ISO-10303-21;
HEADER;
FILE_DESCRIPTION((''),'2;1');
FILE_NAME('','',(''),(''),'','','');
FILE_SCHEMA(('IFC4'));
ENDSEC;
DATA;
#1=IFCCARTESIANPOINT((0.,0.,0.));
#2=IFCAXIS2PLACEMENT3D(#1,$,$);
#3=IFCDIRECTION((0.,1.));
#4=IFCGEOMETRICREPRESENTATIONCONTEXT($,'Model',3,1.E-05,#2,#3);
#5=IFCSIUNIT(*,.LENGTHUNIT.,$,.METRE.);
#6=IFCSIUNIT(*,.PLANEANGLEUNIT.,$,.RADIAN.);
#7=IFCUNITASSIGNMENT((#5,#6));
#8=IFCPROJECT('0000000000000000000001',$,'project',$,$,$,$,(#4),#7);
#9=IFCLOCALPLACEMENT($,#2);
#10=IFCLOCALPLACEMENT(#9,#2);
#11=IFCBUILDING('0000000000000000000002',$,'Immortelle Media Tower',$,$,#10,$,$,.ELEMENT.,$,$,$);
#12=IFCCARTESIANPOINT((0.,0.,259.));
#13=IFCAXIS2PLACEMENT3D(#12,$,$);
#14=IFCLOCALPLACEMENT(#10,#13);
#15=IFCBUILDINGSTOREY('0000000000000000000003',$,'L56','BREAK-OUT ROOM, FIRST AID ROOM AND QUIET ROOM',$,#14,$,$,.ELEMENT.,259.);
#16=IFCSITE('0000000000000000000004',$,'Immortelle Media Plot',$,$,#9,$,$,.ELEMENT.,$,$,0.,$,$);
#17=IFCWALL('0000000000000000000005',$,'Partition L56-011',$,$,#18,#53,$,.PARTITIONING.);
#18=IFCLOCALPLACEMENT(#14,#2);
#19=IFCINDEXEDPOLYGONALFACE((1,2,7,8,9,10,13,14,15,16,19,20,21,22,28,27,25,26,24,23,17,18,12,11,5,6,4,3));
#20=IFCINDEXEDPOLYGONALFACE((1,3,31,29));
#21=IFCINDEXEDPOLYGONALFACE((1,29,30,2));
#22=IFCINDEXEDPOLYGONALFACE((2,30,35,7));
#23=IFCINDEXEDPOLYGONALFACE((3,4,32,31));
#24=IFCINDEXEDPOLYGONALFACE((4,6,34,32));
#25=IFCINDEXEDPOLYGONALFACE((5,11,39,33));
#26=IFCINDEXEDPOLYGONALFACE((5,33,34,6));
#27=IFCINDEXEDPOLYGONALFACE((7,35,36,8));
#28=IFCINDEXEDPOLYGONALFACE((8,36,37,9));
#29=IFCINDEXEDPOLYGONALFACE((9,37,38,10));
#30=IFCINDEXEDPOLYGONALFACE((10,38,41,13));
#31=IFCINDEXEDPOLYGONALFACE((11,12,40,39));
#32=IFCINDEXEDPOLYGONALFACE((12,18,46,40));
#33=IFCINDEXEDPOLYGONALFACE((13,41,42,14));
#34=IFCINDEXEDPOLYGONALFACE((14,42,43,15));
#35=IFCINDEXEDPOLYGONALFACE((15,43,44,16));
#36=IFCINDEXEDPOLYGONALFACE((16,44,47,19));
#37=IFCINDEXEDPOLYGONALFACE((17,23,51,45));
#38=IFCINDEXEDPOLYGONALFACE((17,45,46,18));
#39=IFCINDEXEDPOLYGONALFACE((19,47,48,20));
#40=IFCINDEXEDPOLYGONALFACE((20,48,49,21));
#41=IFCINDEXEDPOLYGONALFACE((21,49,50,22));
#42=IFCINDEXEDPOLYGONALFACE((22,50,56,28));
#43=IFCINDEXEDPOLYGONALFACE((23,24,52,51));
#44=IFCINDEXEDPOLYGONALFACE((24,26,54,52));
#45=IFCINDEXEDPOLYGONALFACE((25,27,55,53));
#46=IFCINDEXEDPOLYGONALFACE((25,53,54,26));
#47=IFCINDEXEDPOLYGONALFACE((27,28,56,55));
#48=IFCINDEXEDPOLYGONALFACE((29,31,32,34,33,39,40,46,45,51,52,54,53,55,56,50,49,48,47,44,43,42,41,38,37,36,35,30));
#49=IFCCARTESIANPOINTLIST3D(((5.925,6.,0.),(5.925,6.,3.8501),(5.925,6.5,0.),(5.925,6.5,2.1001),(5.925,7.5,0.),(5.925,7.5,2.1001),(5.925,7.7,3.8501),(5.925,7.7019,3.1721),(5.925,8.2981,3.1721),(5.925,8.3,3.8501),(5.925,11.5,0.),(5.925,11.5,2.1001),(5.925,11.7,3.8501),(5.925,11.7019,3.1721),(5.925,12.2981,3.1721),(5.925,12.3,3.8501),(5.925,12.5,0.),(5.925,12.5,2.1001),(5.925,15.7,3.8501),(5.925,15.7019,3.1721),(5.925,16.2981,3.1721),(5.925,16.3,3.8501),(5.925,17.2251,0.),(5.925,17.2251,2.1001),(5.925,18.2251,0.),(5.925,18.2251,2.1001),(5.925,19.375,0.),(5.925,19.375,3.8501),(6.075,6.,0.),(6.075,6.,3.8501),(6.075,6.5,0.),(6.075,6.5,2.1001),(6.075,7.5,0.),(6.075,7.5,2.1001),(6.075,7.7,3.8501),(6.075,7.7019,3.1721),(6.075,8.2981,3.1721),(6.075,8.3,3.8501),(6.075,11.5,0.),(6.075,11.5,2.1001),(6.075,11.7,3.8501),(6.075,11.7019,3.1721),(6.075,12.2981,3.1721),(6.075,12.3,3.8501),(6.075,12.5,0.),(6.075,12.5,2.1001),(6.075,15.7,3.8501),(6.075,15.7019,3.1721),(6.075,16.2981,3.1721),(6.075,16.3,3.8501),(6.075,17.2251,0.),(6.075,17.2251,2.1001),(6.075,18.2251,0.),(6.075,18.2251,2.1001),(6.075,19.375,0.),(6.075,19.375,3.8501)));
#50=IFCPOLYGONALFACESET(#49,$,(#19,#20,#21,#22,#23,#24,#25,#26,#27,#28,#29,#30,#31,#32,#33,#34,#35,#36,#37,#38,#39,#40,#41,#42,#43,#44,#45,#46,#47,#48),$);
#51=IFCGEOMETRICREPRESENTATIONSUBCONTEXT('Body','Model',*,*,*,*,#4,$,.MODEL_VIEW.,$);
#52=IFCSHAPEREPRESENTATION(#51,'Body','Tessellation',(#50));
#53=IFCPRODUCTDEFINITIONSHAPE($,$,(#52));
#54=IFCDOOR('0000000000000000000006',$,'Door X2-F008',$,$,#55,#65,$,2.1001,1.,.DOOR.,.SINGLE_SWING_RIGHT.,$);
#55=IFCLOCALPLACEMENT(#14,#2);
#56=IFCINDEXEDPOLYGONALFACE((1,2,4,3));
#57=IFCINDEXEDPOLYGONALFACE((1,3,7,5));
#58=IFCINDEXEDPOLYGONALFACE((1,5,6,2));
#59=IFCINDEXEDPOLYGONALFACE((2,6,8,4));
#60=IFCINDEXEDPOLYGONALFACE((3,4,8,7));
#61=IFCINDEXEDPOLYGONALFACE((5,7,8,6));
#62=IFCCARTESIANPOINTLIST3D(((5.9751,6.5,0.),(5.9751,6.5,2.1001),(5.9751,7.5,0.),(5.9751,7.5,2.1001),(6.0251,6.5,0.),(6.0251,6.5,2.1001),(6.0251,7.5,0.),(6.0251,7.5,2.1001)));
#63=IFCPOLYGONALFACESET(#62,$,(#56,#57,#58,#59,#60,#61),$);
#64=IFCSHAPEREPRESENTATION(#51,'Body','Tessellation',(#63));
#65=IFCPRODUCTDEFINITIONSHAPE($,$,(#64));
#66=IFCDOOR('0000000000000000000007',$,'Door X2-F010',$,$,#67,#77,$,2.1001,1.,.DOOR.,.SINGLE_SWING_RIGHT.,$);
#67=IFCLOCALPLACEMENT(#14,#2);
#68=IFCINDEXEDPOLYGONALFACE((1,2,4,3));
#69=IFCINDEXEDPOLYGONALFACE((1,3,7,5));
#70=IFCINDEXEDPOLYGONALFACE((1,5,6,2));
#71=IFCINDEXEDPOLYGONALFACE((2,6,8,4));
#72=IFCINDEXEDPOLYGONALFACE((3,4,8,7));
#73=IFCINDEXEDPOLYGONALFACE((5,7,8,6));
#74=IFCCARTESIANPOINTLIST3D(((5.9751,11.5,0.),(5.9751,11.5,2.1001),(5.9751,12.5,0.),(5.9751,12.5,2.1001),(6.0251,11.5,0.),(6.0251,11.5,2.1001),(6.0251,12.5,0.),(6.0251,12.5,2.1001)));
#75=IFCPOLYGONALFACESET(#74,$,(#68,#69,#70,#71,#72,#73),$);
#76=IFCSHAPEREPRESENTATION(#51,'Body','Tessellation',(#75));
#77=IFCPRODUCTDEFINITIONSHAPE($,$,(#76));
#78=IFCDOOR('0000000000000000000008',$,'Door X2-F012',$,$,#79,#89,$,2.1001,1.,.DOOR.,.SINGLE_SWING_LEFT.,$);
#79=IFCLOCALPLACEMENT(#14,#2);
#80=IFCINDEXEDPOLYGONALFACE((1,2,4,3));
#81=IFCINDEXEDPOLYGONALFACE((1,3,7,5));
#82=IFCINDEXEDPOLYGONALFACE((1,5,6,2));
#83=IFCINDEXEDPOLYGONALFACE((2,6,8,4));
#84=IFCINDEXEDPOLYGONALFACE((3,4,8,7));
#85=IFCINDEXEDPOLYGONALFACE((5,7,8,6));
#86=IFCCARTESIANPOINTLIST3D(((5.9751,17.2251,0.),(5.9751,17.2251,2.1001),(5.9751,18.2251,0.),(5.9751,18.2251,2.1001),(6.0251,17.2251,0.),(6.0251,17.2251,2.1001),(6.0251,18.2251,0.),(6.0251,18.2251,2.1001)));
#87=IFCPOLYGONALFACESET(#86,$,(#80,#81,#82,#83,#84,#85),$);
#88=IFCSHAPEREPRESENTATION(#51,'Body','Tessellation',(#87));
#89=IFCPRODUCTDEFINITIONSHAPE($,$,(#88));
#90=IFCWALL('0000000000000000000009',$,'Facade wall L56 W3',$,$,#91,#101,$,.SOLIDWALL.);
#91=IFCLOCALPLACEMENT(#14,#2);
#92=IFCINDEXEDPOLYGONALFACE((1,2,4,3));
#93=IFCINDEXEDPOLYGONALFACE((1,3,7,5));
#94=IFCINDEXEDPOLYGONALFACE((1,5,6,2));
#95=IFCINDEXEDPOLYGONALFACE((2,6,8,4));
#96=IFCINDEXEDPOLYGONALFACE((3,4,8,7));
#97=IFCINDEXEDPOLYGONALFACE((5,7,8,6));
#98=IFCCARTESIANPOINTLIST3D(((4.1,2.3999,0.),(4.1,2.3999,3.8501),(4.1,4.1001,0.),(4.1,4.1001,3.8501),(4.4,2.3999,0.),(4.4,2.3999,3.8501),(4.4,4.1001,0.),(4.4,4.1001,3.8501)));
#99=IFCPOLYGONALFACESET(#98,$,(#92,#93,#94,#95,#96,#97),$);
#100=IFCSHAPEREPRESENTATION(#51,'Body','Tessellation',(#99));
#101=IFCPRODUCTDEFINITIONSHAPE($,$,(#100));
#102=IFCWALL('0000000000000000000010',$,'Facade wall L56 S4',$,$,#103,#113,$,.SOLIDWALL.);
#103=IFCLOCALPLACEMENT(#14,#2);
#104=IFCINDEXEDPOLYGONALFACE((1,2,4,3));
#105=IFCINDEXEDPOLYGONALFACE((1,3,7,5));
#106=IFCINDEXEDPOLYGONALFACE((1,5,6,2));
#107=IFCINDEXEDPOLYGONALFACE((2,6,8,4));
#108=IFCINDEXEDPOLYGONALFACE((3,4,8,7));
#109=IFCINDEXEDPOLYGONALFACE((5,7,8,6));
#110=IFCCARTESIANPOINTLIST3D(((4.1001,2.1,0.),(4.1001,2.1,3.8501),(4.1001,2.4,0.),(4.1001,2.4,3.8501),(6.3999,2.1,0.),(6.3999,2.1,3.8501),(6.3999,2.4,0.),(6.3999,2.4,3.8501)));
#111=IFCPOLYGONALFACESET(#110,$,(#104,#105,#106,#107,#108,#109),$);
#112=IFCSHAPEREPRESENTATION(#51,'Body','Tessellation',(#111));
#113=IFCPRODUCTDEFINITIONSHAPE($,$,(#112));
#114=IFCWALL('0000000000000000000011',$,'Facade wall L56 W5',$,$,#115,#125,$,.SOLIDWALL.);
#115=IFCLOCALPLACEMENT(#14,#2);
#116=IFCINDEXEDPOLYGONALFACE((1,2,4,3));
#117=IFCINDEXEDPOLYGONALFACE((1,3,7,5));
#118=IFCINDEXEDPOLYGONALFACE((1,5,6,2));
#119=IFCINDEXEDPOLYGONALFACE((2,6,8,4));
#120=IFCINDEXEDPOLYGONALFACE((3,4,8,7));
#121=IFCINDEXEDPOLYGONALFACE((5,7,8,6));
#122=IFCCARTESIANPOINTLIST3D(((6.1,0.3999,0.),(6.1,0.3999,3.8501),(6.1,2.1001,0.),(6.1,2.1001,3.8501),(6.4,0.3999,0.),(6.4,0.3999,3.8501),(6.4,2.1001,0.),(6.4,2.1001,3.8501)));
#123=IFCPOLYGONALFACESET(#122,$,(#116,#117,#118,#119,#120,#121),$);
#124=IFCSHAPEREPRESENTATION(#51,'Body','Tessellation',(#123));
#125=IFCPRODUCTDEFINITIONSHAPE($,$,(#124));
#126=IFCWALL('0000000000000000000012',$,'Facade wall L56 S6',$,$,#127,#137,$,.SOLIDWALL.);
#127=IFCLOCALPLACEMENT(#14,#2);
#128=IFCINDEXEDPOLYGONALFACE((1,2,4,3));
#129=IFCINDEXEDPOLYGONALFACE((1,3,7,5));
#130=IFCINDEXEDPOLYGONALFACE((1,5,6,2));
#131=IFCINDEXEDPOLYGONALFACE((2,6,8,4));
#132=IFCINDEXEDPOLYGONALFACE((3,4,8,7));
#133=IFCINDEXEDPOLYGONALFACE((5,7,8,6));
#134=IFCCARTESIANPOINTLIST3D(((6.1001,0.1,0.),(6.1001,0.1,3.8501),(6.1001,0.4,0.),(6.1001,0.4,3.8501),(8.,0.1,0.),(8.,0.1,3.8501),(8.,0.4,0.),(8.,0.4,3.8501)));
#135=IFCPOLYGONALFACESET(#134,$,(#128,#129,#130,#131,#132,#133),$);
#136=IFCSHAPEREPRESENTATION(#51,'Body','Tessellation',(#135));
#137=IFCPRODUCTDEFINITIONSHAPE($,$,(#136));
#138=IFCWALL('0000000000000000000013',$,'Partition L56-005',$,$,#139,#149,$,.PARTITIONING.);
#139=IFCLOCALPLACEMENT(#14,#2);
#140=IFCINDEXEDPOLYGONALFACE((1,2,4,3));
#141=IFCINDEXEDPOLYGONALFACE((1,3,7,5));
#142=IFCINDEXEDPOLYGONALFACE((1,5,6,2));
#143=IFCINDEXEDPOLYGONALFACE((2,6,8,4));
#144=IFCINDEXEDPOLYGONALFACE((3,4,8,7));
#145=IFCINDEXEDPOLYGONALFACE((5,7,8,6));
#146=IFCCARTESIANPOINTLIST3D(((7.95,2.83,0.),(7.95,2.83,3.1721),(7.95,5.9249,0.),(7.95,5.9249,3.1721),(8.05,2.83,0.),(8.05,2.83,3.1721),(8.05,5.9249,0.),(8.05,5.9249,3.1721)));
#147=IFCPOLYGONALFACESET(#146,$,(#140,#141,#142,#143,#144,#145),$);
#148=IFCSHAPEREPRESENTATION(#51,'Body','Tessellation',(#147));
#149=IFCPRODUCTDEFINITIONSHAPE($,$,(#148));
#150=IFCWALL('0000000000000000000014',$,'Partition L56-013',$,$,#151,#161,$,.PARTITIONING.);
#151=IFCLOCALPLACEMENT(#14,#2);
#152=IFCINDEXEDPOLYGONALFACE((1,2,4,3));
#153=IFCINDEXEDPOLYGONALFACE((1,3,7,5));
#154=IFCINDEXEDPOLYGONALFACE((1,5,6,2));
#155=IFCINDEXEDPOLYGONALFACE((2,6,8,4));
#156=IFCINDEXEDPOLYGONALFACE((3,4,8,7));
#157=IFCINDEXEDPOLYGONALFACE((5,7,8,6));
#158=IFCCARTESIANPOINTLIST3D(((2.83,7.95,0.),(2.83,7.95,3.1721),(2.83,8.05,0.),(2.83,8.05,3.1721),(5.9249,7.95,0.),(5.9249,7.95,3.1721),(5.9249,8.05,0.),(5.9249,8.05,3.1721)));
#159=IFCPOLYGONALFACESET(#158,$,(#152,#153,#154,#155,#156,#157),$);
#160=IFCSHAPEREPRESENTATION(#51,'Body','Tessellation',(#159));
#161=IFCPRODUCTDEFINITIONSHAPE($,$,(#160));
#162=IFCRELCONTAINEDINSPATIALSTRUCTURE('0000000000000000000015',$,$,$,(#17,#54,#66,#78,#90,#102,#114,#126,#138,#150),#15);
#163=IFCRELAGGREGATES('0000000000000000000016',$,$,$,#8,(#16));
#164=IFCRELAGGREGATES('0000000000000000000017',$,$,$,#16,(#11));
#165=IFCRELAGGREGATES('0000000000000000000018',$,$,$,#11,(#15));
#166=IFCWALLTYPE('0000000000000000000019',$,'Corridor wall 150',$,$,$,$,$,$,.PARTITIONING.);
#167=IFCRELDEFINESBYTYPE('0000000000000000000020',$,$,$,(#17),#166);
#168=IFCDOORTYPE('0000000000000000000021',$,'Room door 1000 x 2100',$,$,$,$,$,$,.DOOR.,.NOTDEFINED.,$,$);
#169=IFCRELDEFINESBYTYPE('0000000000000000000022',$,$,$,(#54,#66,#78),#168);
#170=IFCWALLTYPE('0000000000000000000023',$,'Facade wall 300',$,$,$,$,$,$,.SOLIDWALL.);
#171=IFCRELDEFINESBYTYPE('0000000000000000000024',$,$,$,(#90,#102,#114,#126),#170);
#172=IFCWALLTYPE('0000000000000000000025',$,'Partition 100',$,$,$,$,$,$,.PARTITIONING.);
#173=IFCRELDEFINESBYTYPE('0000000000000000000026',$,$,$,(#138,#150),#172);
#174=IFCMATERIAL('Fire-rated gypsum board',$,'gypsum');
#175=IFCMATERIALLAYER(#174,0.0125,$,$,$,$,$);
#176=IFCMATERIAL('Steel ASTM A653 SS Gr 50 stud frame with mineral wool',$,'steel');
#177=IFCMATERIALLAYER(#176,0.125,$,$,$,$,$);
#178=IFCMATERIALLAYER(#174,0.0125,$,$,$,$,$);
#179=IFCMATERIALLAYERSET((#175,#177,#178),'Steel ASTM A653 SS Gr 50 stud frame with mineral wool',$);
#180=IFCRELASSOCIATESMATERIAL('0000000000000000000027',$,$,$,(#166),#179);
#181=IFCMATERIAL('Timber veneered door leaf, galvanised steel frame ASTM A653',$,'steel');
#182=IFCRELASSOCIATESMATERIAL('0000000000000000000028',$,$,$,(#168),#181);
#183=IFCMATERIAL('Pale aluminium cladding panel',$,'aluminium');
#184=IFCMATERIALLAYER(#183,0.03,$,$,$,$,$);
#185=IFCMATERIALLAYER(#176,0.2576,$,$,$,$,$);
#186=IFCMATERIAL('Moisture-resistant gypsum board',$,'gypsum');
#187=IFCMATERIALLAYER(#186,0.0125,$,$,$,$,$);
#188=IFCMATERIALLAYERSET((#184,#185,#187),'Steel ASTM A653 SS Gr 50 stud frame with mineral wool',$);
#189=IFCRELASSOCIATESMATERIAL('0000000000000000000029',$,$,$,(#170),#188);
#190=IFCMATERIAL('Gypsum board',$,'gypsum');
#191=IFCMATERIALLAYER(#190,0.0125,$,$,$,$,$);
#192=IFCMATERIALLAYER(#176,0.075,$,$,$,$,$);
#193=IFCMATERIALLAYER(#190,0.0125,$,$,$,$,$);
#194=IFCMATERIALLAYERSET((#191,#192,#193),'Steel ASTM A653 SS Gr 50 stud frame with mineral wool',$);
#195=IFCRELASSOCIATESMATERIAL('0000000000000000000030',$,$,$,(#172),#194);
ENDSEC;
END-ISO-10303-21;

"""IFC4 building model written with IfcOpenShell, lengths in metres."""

from ifc_helpers import new_model, si_unit, direction, frame, frame_2d, origin, place, context, subcontext, project, spatial, polyline, rectangle, outline, extrude, material, layer, layer_set, type_object, element, fill, save


model = new_model("IFC4")

# Units and contexts
model_context = context("Model", 3, precision=1e-05, world=origin(), true_north=direction((0.0, 1.0)))
body_context = subcontext(model_context, "Body", "Model", "MODEL_VIEW")
ifc_project = project(units=[si_unit("LENGTHUNIT", "METRE"), si_unit("PLANEANGLEUNIT", "RADIAN")], contexts=[model_context])

# Site, building, storey
site_placement = place(None, origin())
site = spatial("IfcSite", under=ifc_project, at=site_placement, Name="Immortelle Media Plot", CompositionType="ELEMENT", RefElevation=0.0)
building_placement = place(site_placement, origin())
building = spatial("IfcBuilding", under=site, at=building_placement, Name="Immortelle Media Tower", CompositionType="ELEMENT")
storey_placement = place(building_placement, frame((0.0, 0.0, 259.0)))
storey = spatial("IfcBuildingStorey", under=building, at=storey_placement, Name="L56", Description="BREAK-OUT ROOM, FIRST AID ROOM AND QUIET ROOM", CompositionType="ELEMENT", Elevation=259.0)

# Wall, openings, doors
ifc_material_1 = material(Name="Fire-rated gypsum board", Category="gypsum")
ifc_layer_1 = layer(ifc_material_1, 0.0125)
ifc_material_2 = material(Name="Steel ASTM A653 SS Gr 50 stud frame with mineral wool", Category="steel")
ifc_layer_2 = layer(ifc_material_2, 0.125)
ifc_layer_3 = layer(ifc_material_1, 0.0125)
ifc_layer_set_1 = layer_set([ifc_layer_1, ifc_layer_2, ifc_layer_3], Name="Steel ASTM A653 SS Gr 50 stud frame with mineral wool")
wall_type_1 = type_object("IfcWallType", Name="Corridor wall 150", PredefinedType="PARTITIONING", material=ifc_layer_set_1)
ifc_material_3 = material(Name="Timber veneered door leaf, galvanised steel frame ASTM A653", Category="steel")
door_type = type_object("IfcDoorType", Name="Room door 1000 x 2100", OperationType="NOTDEFINED", PredefinedType="DOOR", material=ifc_material_3)
wall_1_placement = place(storey_placement, frame((6.0, 6.0, 0.0), z_axis=(0.0, 0.0, 1.0), x_axis=(0.0, 1.0, 0.0)))
wall_1 = element("IfcWall", 1, at=wall_1_placement, inside=storey, type_object=wall_type_1, Name="Partition L56-011", PredefinedType="PARTITIONING", context=body_context, shape_type="SweptSolid", body=[
    extrude(outline(polyline([(0.0, 0.0), (13.375, 0.0), (13.375, 3.8501), (10.3, 3.8501), (10.2981, 3.1721), (9.7019, 3.1721), (9.7, 3.8501), (6.3, 3.8501), (6.2981, 3.1721), (5.7019, 3.1721), (5.7, 3.8501), (2.3, 3.8501), (2.2981, 3.1721), (1.7019, 3.1721), (1.7, 3.8501), (0.0, 3.8501), (0.0, 0.0)])), frame((0.0, 0.075, 0.0), z_axis=(0.0, -1.0, 0.0), x_axis=(1.0, 0.0, 0.0)), (0.0, 0.0, 1.0), 0.1499),
])
opening_1_placement = place(wall_1_placement, frame((0.5, 0.0, 0.0)))
opening_1 = element("IfcOpeningElement", 2, at=opening_1_placement, cuts=wall_1, PredefinedType="OPENING", context=body_context, shape_type="SweptSolid", body=[
    extrude(rectangle(XDim=1.0, YDim=2.1001, at=frame_2d((0.5, 1.05))), frame((0.0, 0.085, 0.0), z_axis=(0.0, -1.0, 0.0), x_axis=(1.0, 0.0, 0.0)), (0.0, 0.0, 1.0), 0.1699),
])
opening_2_placement = place(wall_1_placement, frame((5.5, 0.0, 0.0)))
opening_2 = element("IfcOpeningElement", 3, at=opening_2_placement, cuts=wall_1, PredefinedType="OPENING", context=body_context, shape_type="SweptSolid", body=[
    extrude(rectangle(XDim=1.0, YDim=2.1001, at=frame_2d((0.5, 1.05))), frame((0.0, 0.085, 0.0), z_axis=(0.0, -1.0, 0.0), x_axis=(1.0, 0.0, 0.0)), (0.0, 0.0, 1.0), 0.1699),
])
opening_3_placement = place(wall_1_placement, frame((11.2251, 0.0, 0.0)))
opening_3 = element("IfcOpeningElement", 4, at=opening_3_placement, cuts=wall_1, PredefinedType="OPENING", context=body_context, shape_type="SweptSolid", body=[
    extrude(rectangle(XDim=1.0, YDim=2.1001, at=frame_2d((0.5, 1.05))), frame((0.0, 0.085, 0.0), z_axis=(0.0, -1.0, 0.0), x_axis=(1.0, 0.0, 0.0)), (0.0, 0.0, 1.0), 0.1699),
])
door_1_placement = place(opening_1_placement, origin())
door_1 = element("IfcDoor", 5, at=door_1_placement, inside=storey, type_object=door_type, Name="Door X2-F008", OperationType="SINGLE_SWING_RIGHT", OverallHeight=2.1001, OverallWidth=1.0, PredefinedType="DOOR", context=body_context, shape_type="SweptSolid", body=[
    extrude(rectangle(XDim=1.0, YDim=2.1001, at=frame_2d((0.5, 1.05))), frame((0.0, 0.0249, 0.0), z_axis=(0.0, -1.0, 0.0), x_axis=(1.0, 0.0, 0.0)), (0.0, 0.0, 1.0), 0.05),
])
fill(opening_1, door_1)
door_2_placement = place(opening_2_placement, origin())
door_2 = element("IfcDoor", 6, at=door_2_placement, inside=storey, type_object=door_type, Name="Door X2-F010", OperationType="SINGLE_SWING_RIGHT", OverallHeight=2.1001, OverallWidth=1.0, PredefinedType="DOOR", context=body_context, shape_type="SweptSolid", body=[
    extrude(rectangle(XDim=1.0, YDim=2.1001, at=frame_2d((0.5, 1.05))), frame((0.0, 0.0249, 0.0), z_axis=(0.0, -1.0, 0.0), x_axis=(1.0, 0.0, 0.0)), (0.0, 0.0, 1.0), 0.05),
])
fill(opening_2, door_2)
door_3_placement = place(opening_3_placement, origin())
door_3 = element("IfcDoor", 7, at=door_3_placement, inside=storey, type_object=door_type, Name="Door X2-F012", OperationType="SINGLE_SWING_LEFT", OverallHeight=2.1001, OverallWidth=1.0, PredefinedType="DOOR", context=body_context, shape_type="SweptSolid", body=[
    extrude(rectangle(XDim=1.0, YDim=2.1001, at=frame_2d((0.5, 1.05))), frame((0.0, 0.0249, 0.0), z_axis=(0.0, -1.0, 0.0), x_axis=(1.0, 0.0, 0.0)), (0.0, 0.0, 1.0), 0.05),
])
fill(opening_3, door_3)

# Walls
ifc_material_4 = material(Name="Pale aluminium cladding panel", Category="aluminium")
ifc_layer_4 = layer(ifc_material_4, 0.03)
ifc_layer_5 = layer(ifc_material_2, 0.2576)
ifc_material_5 = material(Name="Moisture-resistant gypsum board", Category="gypsum")
ifc_layer_6 = layer(ifc_material_5, 0.0125)
ifc_layer_set_2 = layer_set([ifc_layer_4, ifc_layer_5, ifc_layer_6], Name="Steel ASTM A653 SS Gr 50 stud frame with mineral wool")
wall_type_2 = type_object("IfcWallType", Name="Facade wall 300", PredefinedType="SOLIDWALL", material=ifc_layer_set_2)
wall_2_placement = place(storey_placement, frame((4.25, 4.1001, 0.0), z_axis=(0.0, 0.0, 1.0), x_axis=(0.0, -1.0, 0.0)))
element("IfcWall", 8, at=wall_2_placement, inside=storey, type_object=wall_type_2, Name="Facade wall L56 W3", PredefinedType="SOLIDWALL", context=body_context, shape_type="SweptSolid", body=[
    extrude(rectangle(XDim=1.7002, YDim=0.3, at=frame_2d((0.8501, 0.0))), origin(), (0.0, 0.0, 1.0), 3.8501),
])
wall_3_placement = place(storey_placement, frame((4.1001, 2.25, 0.0), z_axis=(0.0, 0.0, 1.0), x_axis=(1.0, 0.0, 0.0)))
element("IfcWall", 9, at=wall_3_placement, inside=storey, type_object=wall_type_2, Name="Facade wall L56 S4", PredefinedType="SOLIDWALL", context=body_context, shape_type="SweptSolid", body=[
    extrude(rectangle(XDim=2.2998, YDim=0.3, at=frame_2d((1.1499, 0.0))), origin(), (0.0, 0.0, 1.0), 3.8501),
])
wall_4_placement = place(storey_placement, frame((6.25, 2.1001, 0.0), z_axis=(0.0, 0.0, 1.0), x_axis=(0.0, -1.0, 0.0)))
element("IfcWall", 10, at=wall_4_placement, inside=storey, type_object=wall_type_2, Name="Facade wall L56 W5", PredefinedType="SOLIDWALL", context=body_context, shape_type="SweptSolid", body=[
    extrude(rectangle(XDim=1.7002, YDim=0.3, at=frame_2d((0.8501, 0.0))), origin(), (0.0, 0.0, 1.0), 3.8501),
])
wall_5_placement = place(storey_placement, frame((6.1001, 0.25, 0.0), z_axis=(0.0, 0.0, 1.0), x_axis=(1.0, 0.0, 0.0)))
element("IfcWall", 11, at=wall_5_placement, inside=storey, type_object=wall_type_2, Name="Facade wall L56 S6", PredefinedType="SOLIDWALL", context=body_context, shape_type="SweptSolid", body=[
    extrude(rectangle(XDim=1.8999, YDim=0.3, at=frame_2d((0.95, 0.0))), origin(), (0.0, 0.0, 1.0), 3.8501),
])
ifc_material_6 = material(Name="Gypsum board", Category="gypsum")
ifc_layer_7 = layer(ifc_material_6, 0.0125)
ifc_layer_8 = layer(ifc_material_2, 0.075)
ifc_layer_9 = layer(ifc_material_6, 0.0125)
ifc_layer_set_3 = layer_set([ifc_layer_7, ifc_layer_8, ifc_layer_9], Name="Steel ASTM A653 SS Gr 50 stud frame with mineral wool")
wall_type_3 = type_object("IfcWallType", Name="Partition 100", PredefinedType="PARTITIONING", material=ifc_layer_set_3)
for number, where, z_axis, x_axis, name in (
    (12, (8.0, 2.8301, 0.0), (0.0, 0.0, 1.0), (0.0, 1.0, 0.0), "Partition L56-005"),
    (13, (2.8301, 8.0, 0.0), (0.0, 0.0, 1.0), (1.0, 0.0, 0.0), "Partition L56-013"),
):
    element("IfcWall", number, at=place(storey_placement, frame(where, z_axis=z_axis, x_axis=x_axis)), inside=storey, type_object=wall_type_3, Name=name, PredefinedType="PARTITIONING", context=body_context, shape_type="SweptSolid", body=[
        extrude(rectangle(XDim=3.095, YDim=0.1001, at=frame_2d((1.5474, 0.0))), origin(), (0.0, 0.0, 1.0), 3.1721),
    ])

save(model, "model.ifc")
